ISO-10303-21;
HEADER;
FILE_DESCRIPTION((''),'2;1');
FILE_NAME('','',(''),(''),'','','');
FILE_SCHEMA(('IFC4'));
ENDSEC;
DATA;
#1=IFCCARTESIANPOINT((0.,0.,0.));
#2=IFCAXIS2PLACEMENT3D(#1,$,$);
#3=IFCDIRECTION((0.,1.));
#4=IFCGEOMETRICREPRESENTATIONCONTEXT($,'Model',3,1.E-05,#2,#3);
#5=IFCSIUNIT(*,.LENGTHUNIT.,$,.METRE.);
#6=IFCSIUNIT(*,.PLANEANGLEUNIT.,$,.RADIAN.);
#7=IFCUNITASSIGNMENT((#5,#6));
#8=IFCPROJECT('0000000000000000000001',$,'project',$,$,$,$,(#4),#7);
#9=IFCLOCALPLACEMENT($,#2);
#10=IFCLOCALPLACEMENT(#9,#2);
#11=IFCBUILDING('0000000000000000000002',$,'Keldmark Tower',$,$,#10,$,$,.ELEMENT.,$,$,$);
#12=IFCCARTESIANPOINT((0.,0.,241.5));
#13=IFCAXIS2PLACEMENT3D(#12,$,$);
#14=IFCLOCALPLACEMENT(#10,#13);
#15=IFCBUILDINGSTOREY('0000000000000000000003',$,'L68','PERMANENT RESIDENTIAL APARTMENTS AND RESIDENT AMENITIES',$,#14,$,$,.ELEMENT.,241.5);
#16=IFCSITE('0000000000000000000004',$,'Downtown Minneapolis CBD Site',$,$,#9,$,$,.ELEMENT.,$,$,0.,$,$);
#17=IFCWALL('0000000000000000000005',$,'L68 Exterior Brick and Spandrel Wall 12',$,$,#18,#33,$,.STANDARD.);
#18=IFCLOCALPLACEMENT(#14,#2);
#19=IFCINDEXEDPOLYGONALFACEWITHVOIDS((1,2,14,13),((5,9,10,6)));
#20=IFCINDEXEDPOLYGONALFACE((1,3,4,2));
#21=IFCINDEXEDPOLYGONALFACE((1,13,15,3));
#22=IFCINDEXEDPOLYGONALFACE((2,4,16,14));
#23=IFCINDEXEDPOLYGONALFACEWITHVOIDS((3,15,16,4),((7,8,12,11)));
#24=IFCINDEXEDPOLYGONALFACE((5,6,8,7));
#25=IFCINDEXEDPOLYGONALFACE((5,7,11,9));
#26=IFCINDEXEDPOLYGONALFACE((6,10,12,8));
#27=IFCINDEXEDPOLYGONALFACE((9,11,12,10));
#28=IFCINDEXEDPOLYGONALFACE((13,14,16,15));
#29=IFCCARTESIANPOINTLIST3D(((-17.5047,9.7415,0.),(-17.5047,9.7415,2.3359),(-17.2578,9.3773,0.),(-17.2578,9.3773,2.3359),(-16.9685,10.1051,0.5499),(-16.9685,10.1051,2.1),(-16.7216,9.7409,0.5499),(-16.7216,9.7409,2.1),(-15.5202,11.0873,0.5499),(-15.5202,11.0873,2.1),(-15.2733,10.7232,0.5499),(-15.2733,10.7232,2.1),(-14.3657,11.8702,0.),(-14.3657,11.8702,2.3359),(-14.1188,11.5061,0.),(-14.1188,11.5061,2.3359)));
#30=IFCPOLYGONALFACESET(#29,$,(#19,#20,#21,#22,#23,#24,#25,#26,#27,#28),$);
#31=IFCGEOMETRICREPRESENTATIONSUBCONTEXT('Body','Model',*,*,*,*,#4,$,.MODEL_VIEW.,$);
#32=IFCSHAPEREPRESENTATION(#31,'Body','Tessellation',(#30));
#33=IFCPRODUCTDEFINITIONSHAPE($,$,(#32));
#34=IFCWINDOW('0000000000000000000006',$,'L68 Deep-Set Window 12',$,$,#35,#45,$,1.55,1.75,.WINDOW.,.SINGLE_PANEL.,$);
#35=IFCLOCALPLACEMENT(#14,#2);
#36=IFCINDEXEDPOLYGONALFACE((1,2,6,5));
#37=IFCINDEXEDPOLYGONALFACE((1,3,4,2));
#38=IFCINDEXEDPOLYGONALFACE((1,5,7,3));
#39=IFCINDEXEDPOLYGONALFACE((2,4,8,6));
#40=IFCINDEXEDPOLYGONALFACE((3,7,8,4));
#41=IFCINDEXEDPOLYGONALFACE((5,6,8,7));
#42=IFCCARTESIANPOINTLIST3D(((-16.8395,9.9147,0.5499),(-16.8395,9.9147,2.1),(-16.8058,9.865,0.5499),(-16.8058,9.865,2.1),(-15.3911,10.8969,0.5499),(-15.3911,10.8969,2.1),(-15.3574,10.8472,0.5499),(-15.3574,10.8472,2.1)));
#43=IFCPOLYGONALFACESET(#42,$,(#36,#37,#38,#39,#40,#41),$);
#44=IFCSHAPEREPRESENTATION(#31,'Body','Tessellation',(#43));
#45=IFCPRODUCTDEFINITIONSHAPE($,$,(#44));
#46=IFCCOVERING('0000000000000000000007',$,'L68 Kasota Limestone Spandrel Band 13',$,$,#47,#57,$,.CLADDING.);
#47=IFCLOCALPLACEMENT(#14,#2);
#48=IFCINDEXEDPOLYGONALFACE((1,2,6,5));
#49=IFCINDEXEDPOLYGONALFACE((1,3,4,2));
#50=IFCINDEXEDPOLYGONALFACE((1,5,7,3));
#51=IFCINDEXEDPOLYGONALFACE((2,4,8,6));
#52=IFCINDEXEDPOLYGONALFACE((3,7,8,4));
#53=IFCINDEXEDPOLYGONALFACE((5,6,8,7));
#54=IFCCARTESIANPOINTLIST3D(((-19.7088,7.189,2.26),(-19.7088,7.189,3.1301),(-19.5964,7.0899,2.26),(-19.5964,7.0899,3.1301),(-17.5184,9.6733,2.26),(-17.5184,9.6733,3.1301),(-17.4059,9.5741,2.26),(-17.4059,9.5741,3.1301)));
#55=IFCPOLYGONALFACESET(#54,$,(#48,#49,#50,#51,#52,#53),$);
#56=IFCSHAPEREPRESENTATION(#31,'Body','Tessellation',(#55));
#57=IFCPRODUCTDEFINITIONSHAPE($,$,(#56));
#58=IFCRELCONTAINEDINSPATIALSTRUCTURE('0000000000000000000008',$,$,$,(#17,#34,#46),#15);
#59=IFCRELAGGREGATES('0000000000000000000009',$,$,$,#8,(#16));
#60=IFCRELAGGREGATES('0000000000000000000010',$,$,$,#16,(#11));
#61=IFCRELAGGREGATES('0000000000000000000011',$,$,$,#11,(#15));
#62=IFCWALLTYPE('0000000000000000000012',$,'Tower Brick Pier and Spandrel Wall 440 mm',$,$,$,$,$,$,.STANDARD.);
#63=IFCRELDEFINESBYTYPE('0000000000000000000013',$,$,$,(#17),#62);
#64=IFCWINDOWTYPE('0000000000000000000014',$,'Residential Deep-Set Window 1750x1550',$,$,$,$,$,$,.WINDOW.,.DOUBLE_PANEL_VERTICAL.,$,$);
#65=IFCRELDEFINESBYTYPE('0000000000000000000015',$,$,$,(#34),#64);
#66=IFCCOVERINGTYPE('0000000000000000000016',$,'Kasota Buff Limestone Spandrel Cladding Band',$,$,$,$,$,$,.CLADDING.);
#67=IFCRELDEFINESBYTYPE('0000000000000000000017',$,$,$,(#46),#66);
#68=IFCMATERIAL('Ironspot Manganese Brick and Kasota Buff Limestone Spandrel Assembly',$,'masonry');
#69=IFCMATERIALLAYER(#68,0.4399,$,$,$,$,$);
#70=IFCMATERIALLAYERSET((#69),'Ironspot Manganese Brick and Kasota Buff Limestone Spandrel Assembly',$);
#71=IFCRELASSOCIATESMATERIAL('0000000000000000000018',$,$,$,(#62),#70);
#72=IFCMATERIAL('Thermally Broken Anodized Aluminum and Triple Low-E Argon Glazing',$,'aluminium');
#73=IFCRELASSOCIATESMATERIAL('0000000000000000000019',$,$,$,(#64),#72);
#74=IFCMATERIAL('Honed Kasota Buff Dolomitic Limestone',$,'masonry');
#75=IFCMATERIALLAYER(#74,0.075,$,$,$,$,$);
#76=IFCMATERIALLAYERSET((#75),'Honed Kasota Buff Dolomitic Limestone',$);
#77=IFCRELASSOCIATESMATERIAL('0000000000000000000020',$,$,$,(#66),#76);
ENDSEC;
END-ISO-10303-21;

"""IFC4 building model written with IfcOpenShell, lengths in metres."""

from ifc_helpers import new_model, si_unit, direction, frame, frame_2d, origin, origin_2d, place, context, subcontext, project, spatial, rectangle, extrude, material, layer, layer_set, type_object, element, fill, save


model = new_model("IFC4")

# Units and contexts
model_context = context("Model", 3, precision=1e-05, world=origin(), true_north=direction((0.0, 1.0)))
body_context = subcontext(model_context, "Body", "Model", "MODEL_VIEW")
ifc_project = project(units=[si_unit("LENGTHUNIT", "METRE"), si_unit("PLANEANGLEUNIT", "RADIAN")], contexts=[model_context])

# Site, building, storey
site_placement = place(None, origin())
site = spatial("IfcSite", under=ifc_project, at=site_placement, Name="Downtown Minneapolis CBD Site", CompositionType="ELEMENT", RefElevation=0.0)
building_placement = place(site_placement, origin())
building = spatial("IfcBuilding", under=site, at=building_placement, Name="Keldmark Tower", CompositionType="ELEMENT")
storey_placement = place(building_placement, frame((0.0, 0.0, 241.5)))
storey = spatial("IfcBuildingStorey", under=building, at=storey_placement, Name="L68", Description="PERMANENT RESIDENTIAL APARTMENTS AND RESIDENT AMENITIES", CompositionType="ELEMENT", Elevation=241.5)

# Wall, opening, window
ifc_material_1 = material(Name="Ironspot Manganese Brick and Kasota Buff Limestone Spandrel Assembly", Category="masonry")
ifc_layer_1 = layer(ifc_material_1, 0.4399)
ifc_layer_set_1 = layer_set([ifc_layer_1], Name="Ironspot Manganese Brick and Kasota Buff Limestone Spandrel Assembly")
wall_type_1 = type_object("IfcWallType", Name="Tower Brick Pier and Spandrel Wall 440 mm", PredefinedType="STANDARD", material=ifc_layer_set_1)
ifc_material_2 = material(Name="Thermally Broken Anodized Aluminum and Triple Low-E Argon Glazing", Category="aluminium")
window_type_1 = type_object("IfcWindowType", Name="Residential Deep-Set Window 1750x1550", PartitioningType="DOUBLE_PANEL_VERTICAL", PredefinedType="WINDOW", material=ifc_material_2)
wall_1_placement = place(storey_placement, frame((-17.3813, 9.5593, 0.0), z_axis=(0.0, 0.0, 1.0), x_axis=(0.827637, 0.561264, 0.0)))
wall_1 = element("IfcWall", 1, at=wall_1_placement, inside=storey, type_object=wall_type_1, Name="L68 Exterior Brick and Spandrel Wall 12", PredefinedType="STANDARD", context=body_context, shape_type="SweptSolid", body=[
    extrude(rectangle(XDim=3.7927, YDim=0.4399, at=frame_2d((1.8965, 0.0))), origin(), (0.0, 0.0, 1.0), 2.3359),
])
opening_1_placement = place(wall_1_placement, frame((0.6479, 0.0, 0.55)))
opening_1 = element("IfcOpeningElement", 2, at=opening_1_placement, cuts=wall_1, PredefinedType="OPENING", context=body_context, shape_type="SweptSolid", body=[
    extrude(rectangle(XDim=1.75, YDim=1.55, at=frame_2d((0.875, 0.7749))), frame((0.0, 0.23, 0.0), z_axis=(0.0, -1.0, 0.0), x_axis=(1.0, 0.0, 0.0)), (0.0, 0.0, 1.0), 0.46),
])
window_1_placement = place(opening_1_placement, origin())
window_1 = element("IfcWindow", 3, at=window_1_placement, inside=storey, type_object=window_type_1, Name="L68 Deep-Set Window 12", OverallHeight=1.55, OverallWidth=1.75, PartitioningType="SINGLE_PANEL", PredefinedType="WINDOW", context=body_context, shape_type="SweptSolid", body=[
    extrude(rectangle(XDim=1.75, YDim=1.55, at=frame_2d((0.875, 0.7749))), frame((0.0, -0.01, 0.0), z_axis=(0.0, -1.0, 0.0), x_axis=(1.0, 0.0, 0.0)), (0.0, 0.0, 1.0), 0.0601),
])
fill(opening_1, window_1)

# Covering
ifc_material_3 = material(Name="Honed Kasota Buff Dolomitic Limestone", Category="masonry")
ifc_layer_2 = layer(ifc_material_3, 0.075)
ifc_layer_set_2 = layer_set([ifc_layer_2], Name="Honed Kasota Buff Dolomitic Limestone")
covering_type = type_object("IfcCoveringType", Name="Kasota Buff Limestone Spandrel Cladding Band", PredefinedType="CLADDING", material=ifc_layer_set_2)
covering_placement = place(storey_placement, frame((-18.5574, 8.3816, 2.26), z_axis=(0.0, 0.0, 1.0), x_axis=(-0.661364, -0.750065, 0.0)))
element("IfcCovering", 4, at=covering_placement, inside=storey, type_object=covering_type, Name="L68 Kasota Limestone Spandrel Band 13", PredefinedType="CLADDING", context=body_context, shape_type="SweptSolid", body=[
    extrude(rectangle(XDim=3.312, YDim=0.1499, at=origin_2d()), origin(), (0.0, 0.0, 1.0), 0.8701),
])

save(model, "model.ifc")
